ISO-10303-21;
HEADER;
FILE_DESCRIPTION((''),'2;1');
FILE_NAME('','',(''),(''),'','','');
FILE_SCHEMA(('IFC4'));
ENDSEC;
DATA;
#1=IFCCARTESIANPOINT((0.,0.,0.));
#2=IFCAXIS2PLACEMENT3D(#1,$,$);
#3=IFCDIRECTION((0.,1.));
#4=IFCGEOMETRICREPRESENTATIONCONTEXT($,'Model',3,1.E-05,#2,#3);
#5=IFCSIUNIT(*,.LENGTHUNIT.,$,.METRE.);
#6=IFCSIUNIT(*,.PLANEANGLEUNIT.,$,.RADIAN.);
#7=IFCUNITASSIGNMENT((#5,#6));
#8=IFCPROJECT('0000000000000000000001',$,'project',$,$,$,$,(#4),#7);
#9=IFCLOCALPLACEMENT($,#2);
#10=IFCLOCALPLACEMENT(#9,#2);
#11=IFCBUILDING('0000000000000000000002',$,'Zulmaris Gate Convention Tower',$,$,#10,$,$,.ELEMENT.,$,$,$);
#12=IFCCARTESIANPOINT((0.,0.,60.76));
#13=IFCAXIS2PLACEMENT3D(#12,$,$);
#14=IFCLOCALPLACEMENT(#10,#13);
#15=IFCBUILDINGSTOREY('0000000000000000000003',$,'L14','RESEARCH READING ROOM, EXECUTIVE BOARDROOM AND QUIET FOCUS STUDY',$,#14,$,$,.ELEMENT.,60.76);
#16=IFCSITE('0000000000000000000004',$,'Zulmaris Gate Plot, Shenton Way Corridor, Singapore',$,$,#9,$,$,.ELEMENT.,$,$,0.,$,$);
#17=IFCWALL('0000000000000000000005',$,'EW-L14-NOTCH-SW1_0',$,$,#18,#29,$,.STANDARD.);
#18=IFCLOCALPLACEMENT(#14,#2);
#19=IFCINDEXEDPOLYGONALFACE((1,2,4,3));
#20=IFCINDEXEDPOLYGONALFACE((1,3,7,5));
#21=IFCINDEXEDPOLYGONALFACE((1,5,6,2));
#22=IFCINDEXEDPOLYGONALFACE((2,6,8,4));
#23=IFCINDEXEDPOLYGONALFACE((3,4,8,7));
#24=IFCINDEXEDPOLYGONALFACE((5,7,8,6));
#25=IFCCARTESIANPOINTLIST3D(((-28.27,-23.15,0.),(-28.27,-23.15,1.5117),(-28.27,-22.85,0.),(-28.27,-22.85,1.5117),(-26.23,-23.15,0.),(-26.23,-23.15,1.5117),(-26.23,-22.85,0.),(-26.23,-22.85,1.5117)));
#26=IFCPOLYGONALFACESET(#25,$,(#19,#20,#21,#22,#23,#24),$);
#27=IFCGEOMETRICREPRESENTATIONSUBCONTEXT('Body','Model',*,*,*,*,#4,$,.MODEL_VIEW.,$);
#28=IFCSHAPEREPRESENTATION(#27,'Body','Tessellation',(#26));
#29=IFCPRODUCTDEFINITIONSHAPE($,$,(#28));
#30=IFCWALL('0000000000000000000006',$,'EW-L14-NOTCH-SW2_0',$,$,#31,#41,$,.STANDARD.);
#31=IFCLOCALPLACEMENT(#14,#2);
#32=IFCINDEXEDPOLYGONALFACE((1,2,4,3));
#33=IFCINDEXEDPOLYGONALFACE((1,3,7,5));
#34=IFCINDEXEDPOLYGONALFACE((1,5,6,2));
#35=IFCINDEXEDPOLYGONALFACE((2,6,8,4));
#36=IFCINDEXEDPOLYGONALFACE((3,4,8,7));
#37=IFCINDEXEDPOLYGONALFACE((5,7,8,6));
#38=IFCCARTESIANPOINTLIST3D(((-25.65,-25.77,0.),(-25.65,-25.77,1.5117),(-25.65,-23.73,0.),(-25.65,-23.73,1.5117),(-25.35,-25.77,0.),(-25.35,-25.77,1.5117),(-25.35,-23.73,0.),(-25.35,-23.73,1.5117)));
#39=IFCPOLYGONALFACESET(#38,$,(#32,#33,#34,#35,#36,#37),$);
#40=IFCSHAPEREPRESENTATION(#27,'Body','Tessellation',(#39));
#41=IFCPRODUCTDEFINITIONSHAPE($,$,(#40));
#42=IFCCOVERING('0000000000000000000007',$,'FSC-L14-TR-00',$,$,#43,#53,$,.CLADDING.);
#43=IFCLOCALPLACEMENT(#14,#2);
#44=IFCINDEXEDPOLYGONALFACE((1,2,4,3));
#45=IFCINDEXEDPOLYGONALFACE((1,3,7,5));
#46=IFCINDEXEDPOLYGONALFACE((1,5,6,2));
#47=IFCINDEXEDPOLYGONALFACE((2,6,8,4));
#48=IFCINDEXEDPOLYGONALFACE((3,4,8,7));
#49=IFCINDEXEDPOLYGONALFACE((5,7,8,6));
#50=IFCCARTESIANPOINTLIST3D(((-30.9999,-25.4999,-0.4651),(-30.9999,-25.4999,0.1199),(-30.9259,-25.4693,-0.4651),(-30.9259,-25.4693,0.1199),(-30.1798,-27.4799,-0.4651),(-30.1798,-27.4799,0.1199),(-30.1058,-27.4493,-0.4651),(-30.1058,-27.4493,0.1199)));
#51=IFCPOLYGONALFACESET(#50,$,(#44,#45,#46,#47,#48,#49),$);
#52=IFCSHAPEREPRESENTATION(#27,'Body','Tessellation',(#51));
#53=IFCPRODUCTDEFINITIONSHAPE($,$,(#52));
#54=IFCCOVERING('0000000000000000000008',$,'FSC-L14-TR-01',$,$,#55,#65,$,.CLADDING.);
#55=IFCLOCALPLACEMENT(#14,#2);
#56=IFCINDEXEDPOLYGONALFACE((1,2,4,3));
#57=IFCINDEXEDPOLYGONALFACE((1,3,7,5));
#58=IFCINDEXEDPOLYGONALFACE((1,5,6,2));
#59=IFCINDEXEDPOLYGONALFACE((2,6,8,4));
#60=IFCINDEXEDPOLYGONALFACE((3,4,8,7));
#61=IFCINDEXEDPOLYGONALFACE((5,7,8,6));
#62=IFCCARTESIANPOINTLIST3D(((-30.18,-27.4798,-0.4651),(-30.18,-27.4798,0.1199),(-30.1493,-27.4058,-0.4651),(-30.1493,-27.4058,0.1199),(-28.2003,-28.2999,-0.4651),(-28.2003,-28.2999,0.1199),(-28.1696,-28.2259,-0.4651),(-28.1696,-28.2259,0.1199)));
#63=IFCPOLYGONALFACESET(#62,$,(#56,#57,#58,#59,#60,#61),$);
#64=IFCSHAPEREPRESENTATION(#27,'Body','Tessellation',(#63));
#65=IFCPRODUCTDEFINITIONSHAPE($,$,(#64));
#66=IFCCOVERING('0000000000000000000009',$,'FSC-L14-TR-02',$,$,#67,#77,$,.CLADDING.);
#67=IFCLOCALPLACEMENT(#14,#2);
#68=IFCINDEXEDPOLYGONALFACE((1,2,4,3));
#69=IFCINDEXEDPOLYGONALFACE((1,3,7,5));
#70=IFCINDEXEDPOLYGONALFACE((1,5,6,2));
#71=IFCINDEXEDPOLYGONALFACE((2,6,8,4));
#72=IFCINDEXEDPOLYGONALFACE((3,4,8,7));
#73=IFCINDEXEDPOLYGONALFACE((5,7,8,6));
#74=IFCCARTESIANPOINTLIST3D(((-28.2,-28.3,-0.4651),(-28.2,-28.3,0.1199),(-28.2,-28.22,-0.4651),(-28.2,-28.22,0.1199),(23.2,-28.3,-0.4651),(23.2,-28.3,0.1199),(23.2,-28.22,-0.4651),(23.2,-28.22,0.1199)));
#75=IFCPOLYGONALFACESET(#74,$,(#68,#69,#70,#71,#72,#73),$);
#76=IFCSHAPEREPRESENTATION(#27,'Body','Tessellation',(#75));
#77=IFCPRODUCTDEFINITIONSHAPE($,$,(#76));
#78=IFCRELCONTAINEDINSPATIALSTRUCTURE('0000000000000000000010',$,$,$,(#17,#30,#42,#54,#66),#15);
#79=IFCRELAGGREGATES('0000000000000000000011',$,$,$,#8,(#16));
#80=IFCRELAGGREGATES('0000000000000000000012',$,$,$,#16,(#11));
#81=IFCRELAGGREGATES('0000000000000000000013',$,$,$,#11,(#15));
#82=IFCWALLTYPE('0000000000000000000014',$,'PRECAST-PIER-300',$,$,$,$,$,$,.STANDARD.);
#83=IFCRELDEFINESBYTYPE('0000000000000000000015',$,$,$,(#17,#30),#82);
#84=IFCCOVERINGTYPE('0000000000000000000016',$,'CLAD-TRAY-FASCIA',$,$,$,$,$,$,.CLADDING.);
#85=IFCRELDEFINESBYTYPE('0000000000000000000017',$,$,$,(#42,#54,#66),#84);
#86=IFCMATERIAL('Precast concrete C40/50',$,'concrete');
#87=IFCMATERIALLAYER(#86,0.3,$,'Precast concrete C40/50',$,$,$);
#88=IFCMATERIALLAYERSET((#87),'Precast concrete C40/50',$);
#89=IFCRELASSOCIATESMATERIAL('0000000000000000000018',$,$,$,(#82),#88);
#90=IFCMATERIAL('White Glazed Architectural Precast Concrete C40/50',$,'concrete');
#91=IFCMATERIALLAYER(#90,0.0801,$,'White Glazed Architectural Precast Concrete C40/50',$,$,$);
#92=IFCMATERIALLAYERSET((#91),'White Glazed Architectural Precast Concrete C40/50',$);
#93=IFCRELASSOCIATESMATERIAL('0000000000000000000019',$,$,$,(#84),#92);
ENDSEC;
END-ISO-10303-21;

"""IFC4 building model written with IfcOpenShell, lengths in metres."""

from ifc_helpers import new_model, si_unit, direction, frame, frame_2d, origin, place, context, subcontext, project, spatial, rectangle, extrude, material, layer, layer_set, type_object, element, save


model = new_model("IFC4")

# Units and contexts
model_context = context("Model", 3, precision=1e-05, world=origin(), true_north=direction((0.0, 1.0)))
body_context = subcontext(model_context, "Body", "Model", "MODEL_VIEW")
ifc_project = project(units=[si_unit("LENGTHUNIT", "METRE"), si_unit("PLANEANGLEUNIT", "RADIAN")], contexts=[model_context])

# Site, building, storey
site_placement = place(None, origin())
site = spatial("IfcSite", under=ifc_project, at=site_placement, Name="Zulmaris Gate Plot, Shenton Way Corridor, Singapore", CompositionType="ELEMENT", RefElevation=0.0)
building_placement = place(site_placement, origin())
building = spatial("IfcBuilding", under=site, at=building_placement, Name="Zulmaris Gate Convention Tower", CompositionType="ELEMENT")
storey_placement = place(building_placement, frame((0.0, 0.0, 60.76)))
storey = spatial("IfcBuildingStorey", under=building, at=storey_placement, Name="L14", Description="RESEARCH READING ROOM, EXECUTIVE BOARDROOM AND QUIET FOCUS STUDY", CompositionType="ELEMENT", Elevation=60.76)

# Walls
ifc_material_1 = material(Name="Precast concrete C40/50", Category="concrete")
ifc_layer_1 = layer(ifc_material_1, 0.3, Name="Precast concrete C40/50")
ifc_layer_set_1 = layer_set([ifc_layer_1], Name="Precast concrete C40/50")
wall_type_1 = type_object("IfcWallType", Name="PRECAST-PIER-300", PredefinedType="STANDARD", material=ifc_layer_set_1)
for number, where, z_axis, x_axis, name in (
    (1, (-28.27, -23.0, 0.0), (0.0, 0.0, 1.0), (1.0, 0.0, 0.0), "EW-L14-NOTCH-SW1_0"),
    (2, (-25.5, -23.73, 0.0), (0.0, 0.0, 1.0), (0.0, -1.0, 0.0), "EW-L14-NOTCH-SW2_0"),
):
    element("IfcWall", number, at=place(storey_placement, frame(where, z_axis=z_axis, x_axis=x_axis)), inside=storey, type_object=wall_type_1, Name=name, PredefinedType="STANDARD", context=body_context, shape_type="SweptSolid", body=[
        extrude(rectangle(XDim=2.04, YDim=0.3, at=frame_2d((1.02, 0.0))), origin(), (0.0, 0.0, 1.0), 1.5117),
    ])

# Coverings
ifc_material_2 = material(Name="White Glazed Architectural Precast Concrete C40/50", Category="concrete")
ifc_layer_2 = layer(ifc_material_2, 0.0801, Name="White Glazed Architectural Precast Concrete C40/50")
ifc_layer_set_2 = layer_set([ifc_layer_2], Name="White Glazed Architectural Precast Concrete C40/50")
covering_type = type_object("IfcCoveringType", Name="CLAD-TRAY-FASCIA", PredefinedType="CLADDING", material=ifc_layer_set_2)
covering_1_placement = place(storey_placement, frame((-30.9629, -25.4846, -0.4651), z_axis=(0.0, 0.0, 1.0), x_axis=(0.382657, -0.92389, 0.0)))
element("IfcCovering", 3, at=covering_1_placement, inside=storey, type_object=covering_type, Name="FSC-L14-TR-00", PredefinedType="CLADDING", context=body_context, shape_type="SweptSolid", body=[
    extrude(rectangle(XDim=2.1431, YDim=0.0801, at=frame_2d((1.0715, 0.0))), origin(), (0.0, 0.0, 1.0), 0.585),
])
covering_2_placement = place(storey_placement, frame((-30.1646, -27.4429, -0.4651), z_axis=(0.0, 0.0, 1.0), x_axis=(0.923874, -0.382697, 0.0)))
element("IfcCovering", 4, at=covering_2_placement, inside=storey, type_object=covering_type, Name="FSC-L14-TR-01", PredefinedType="CLADDING", context=body_context, shape_type="SweptSolid", body=[
    extrude(rectangle(XDim=2.1428, YDim=0.0801, at=frame_2d((1.0713, 0.0))), origin(), (0.0, 0.0, 1.0), 0.585),
])
covering_3_placement = place(storey_placement, frame((-28.2, -28.26, -0.4651), z_axis=(0.0, 0.0, 1.0), x_axis=(1.0, 0.0, 0.0)))
element("IfcCovering", 5, at=covering_3_placement, inside=storey, type_object=covering_type, Name="FSC-L14-TR-02", PredefinedType="CLADDING", context=body_context, shape_type="SweptSolid", body=[
    extrude(rectangle(XDim=51.3999, YDim=0.0801, at=frame_2d((25.7, 0.0))), origin(), (0.0, 0.0, 1.0), 0.585),
])

save(model, "model.ifc")
